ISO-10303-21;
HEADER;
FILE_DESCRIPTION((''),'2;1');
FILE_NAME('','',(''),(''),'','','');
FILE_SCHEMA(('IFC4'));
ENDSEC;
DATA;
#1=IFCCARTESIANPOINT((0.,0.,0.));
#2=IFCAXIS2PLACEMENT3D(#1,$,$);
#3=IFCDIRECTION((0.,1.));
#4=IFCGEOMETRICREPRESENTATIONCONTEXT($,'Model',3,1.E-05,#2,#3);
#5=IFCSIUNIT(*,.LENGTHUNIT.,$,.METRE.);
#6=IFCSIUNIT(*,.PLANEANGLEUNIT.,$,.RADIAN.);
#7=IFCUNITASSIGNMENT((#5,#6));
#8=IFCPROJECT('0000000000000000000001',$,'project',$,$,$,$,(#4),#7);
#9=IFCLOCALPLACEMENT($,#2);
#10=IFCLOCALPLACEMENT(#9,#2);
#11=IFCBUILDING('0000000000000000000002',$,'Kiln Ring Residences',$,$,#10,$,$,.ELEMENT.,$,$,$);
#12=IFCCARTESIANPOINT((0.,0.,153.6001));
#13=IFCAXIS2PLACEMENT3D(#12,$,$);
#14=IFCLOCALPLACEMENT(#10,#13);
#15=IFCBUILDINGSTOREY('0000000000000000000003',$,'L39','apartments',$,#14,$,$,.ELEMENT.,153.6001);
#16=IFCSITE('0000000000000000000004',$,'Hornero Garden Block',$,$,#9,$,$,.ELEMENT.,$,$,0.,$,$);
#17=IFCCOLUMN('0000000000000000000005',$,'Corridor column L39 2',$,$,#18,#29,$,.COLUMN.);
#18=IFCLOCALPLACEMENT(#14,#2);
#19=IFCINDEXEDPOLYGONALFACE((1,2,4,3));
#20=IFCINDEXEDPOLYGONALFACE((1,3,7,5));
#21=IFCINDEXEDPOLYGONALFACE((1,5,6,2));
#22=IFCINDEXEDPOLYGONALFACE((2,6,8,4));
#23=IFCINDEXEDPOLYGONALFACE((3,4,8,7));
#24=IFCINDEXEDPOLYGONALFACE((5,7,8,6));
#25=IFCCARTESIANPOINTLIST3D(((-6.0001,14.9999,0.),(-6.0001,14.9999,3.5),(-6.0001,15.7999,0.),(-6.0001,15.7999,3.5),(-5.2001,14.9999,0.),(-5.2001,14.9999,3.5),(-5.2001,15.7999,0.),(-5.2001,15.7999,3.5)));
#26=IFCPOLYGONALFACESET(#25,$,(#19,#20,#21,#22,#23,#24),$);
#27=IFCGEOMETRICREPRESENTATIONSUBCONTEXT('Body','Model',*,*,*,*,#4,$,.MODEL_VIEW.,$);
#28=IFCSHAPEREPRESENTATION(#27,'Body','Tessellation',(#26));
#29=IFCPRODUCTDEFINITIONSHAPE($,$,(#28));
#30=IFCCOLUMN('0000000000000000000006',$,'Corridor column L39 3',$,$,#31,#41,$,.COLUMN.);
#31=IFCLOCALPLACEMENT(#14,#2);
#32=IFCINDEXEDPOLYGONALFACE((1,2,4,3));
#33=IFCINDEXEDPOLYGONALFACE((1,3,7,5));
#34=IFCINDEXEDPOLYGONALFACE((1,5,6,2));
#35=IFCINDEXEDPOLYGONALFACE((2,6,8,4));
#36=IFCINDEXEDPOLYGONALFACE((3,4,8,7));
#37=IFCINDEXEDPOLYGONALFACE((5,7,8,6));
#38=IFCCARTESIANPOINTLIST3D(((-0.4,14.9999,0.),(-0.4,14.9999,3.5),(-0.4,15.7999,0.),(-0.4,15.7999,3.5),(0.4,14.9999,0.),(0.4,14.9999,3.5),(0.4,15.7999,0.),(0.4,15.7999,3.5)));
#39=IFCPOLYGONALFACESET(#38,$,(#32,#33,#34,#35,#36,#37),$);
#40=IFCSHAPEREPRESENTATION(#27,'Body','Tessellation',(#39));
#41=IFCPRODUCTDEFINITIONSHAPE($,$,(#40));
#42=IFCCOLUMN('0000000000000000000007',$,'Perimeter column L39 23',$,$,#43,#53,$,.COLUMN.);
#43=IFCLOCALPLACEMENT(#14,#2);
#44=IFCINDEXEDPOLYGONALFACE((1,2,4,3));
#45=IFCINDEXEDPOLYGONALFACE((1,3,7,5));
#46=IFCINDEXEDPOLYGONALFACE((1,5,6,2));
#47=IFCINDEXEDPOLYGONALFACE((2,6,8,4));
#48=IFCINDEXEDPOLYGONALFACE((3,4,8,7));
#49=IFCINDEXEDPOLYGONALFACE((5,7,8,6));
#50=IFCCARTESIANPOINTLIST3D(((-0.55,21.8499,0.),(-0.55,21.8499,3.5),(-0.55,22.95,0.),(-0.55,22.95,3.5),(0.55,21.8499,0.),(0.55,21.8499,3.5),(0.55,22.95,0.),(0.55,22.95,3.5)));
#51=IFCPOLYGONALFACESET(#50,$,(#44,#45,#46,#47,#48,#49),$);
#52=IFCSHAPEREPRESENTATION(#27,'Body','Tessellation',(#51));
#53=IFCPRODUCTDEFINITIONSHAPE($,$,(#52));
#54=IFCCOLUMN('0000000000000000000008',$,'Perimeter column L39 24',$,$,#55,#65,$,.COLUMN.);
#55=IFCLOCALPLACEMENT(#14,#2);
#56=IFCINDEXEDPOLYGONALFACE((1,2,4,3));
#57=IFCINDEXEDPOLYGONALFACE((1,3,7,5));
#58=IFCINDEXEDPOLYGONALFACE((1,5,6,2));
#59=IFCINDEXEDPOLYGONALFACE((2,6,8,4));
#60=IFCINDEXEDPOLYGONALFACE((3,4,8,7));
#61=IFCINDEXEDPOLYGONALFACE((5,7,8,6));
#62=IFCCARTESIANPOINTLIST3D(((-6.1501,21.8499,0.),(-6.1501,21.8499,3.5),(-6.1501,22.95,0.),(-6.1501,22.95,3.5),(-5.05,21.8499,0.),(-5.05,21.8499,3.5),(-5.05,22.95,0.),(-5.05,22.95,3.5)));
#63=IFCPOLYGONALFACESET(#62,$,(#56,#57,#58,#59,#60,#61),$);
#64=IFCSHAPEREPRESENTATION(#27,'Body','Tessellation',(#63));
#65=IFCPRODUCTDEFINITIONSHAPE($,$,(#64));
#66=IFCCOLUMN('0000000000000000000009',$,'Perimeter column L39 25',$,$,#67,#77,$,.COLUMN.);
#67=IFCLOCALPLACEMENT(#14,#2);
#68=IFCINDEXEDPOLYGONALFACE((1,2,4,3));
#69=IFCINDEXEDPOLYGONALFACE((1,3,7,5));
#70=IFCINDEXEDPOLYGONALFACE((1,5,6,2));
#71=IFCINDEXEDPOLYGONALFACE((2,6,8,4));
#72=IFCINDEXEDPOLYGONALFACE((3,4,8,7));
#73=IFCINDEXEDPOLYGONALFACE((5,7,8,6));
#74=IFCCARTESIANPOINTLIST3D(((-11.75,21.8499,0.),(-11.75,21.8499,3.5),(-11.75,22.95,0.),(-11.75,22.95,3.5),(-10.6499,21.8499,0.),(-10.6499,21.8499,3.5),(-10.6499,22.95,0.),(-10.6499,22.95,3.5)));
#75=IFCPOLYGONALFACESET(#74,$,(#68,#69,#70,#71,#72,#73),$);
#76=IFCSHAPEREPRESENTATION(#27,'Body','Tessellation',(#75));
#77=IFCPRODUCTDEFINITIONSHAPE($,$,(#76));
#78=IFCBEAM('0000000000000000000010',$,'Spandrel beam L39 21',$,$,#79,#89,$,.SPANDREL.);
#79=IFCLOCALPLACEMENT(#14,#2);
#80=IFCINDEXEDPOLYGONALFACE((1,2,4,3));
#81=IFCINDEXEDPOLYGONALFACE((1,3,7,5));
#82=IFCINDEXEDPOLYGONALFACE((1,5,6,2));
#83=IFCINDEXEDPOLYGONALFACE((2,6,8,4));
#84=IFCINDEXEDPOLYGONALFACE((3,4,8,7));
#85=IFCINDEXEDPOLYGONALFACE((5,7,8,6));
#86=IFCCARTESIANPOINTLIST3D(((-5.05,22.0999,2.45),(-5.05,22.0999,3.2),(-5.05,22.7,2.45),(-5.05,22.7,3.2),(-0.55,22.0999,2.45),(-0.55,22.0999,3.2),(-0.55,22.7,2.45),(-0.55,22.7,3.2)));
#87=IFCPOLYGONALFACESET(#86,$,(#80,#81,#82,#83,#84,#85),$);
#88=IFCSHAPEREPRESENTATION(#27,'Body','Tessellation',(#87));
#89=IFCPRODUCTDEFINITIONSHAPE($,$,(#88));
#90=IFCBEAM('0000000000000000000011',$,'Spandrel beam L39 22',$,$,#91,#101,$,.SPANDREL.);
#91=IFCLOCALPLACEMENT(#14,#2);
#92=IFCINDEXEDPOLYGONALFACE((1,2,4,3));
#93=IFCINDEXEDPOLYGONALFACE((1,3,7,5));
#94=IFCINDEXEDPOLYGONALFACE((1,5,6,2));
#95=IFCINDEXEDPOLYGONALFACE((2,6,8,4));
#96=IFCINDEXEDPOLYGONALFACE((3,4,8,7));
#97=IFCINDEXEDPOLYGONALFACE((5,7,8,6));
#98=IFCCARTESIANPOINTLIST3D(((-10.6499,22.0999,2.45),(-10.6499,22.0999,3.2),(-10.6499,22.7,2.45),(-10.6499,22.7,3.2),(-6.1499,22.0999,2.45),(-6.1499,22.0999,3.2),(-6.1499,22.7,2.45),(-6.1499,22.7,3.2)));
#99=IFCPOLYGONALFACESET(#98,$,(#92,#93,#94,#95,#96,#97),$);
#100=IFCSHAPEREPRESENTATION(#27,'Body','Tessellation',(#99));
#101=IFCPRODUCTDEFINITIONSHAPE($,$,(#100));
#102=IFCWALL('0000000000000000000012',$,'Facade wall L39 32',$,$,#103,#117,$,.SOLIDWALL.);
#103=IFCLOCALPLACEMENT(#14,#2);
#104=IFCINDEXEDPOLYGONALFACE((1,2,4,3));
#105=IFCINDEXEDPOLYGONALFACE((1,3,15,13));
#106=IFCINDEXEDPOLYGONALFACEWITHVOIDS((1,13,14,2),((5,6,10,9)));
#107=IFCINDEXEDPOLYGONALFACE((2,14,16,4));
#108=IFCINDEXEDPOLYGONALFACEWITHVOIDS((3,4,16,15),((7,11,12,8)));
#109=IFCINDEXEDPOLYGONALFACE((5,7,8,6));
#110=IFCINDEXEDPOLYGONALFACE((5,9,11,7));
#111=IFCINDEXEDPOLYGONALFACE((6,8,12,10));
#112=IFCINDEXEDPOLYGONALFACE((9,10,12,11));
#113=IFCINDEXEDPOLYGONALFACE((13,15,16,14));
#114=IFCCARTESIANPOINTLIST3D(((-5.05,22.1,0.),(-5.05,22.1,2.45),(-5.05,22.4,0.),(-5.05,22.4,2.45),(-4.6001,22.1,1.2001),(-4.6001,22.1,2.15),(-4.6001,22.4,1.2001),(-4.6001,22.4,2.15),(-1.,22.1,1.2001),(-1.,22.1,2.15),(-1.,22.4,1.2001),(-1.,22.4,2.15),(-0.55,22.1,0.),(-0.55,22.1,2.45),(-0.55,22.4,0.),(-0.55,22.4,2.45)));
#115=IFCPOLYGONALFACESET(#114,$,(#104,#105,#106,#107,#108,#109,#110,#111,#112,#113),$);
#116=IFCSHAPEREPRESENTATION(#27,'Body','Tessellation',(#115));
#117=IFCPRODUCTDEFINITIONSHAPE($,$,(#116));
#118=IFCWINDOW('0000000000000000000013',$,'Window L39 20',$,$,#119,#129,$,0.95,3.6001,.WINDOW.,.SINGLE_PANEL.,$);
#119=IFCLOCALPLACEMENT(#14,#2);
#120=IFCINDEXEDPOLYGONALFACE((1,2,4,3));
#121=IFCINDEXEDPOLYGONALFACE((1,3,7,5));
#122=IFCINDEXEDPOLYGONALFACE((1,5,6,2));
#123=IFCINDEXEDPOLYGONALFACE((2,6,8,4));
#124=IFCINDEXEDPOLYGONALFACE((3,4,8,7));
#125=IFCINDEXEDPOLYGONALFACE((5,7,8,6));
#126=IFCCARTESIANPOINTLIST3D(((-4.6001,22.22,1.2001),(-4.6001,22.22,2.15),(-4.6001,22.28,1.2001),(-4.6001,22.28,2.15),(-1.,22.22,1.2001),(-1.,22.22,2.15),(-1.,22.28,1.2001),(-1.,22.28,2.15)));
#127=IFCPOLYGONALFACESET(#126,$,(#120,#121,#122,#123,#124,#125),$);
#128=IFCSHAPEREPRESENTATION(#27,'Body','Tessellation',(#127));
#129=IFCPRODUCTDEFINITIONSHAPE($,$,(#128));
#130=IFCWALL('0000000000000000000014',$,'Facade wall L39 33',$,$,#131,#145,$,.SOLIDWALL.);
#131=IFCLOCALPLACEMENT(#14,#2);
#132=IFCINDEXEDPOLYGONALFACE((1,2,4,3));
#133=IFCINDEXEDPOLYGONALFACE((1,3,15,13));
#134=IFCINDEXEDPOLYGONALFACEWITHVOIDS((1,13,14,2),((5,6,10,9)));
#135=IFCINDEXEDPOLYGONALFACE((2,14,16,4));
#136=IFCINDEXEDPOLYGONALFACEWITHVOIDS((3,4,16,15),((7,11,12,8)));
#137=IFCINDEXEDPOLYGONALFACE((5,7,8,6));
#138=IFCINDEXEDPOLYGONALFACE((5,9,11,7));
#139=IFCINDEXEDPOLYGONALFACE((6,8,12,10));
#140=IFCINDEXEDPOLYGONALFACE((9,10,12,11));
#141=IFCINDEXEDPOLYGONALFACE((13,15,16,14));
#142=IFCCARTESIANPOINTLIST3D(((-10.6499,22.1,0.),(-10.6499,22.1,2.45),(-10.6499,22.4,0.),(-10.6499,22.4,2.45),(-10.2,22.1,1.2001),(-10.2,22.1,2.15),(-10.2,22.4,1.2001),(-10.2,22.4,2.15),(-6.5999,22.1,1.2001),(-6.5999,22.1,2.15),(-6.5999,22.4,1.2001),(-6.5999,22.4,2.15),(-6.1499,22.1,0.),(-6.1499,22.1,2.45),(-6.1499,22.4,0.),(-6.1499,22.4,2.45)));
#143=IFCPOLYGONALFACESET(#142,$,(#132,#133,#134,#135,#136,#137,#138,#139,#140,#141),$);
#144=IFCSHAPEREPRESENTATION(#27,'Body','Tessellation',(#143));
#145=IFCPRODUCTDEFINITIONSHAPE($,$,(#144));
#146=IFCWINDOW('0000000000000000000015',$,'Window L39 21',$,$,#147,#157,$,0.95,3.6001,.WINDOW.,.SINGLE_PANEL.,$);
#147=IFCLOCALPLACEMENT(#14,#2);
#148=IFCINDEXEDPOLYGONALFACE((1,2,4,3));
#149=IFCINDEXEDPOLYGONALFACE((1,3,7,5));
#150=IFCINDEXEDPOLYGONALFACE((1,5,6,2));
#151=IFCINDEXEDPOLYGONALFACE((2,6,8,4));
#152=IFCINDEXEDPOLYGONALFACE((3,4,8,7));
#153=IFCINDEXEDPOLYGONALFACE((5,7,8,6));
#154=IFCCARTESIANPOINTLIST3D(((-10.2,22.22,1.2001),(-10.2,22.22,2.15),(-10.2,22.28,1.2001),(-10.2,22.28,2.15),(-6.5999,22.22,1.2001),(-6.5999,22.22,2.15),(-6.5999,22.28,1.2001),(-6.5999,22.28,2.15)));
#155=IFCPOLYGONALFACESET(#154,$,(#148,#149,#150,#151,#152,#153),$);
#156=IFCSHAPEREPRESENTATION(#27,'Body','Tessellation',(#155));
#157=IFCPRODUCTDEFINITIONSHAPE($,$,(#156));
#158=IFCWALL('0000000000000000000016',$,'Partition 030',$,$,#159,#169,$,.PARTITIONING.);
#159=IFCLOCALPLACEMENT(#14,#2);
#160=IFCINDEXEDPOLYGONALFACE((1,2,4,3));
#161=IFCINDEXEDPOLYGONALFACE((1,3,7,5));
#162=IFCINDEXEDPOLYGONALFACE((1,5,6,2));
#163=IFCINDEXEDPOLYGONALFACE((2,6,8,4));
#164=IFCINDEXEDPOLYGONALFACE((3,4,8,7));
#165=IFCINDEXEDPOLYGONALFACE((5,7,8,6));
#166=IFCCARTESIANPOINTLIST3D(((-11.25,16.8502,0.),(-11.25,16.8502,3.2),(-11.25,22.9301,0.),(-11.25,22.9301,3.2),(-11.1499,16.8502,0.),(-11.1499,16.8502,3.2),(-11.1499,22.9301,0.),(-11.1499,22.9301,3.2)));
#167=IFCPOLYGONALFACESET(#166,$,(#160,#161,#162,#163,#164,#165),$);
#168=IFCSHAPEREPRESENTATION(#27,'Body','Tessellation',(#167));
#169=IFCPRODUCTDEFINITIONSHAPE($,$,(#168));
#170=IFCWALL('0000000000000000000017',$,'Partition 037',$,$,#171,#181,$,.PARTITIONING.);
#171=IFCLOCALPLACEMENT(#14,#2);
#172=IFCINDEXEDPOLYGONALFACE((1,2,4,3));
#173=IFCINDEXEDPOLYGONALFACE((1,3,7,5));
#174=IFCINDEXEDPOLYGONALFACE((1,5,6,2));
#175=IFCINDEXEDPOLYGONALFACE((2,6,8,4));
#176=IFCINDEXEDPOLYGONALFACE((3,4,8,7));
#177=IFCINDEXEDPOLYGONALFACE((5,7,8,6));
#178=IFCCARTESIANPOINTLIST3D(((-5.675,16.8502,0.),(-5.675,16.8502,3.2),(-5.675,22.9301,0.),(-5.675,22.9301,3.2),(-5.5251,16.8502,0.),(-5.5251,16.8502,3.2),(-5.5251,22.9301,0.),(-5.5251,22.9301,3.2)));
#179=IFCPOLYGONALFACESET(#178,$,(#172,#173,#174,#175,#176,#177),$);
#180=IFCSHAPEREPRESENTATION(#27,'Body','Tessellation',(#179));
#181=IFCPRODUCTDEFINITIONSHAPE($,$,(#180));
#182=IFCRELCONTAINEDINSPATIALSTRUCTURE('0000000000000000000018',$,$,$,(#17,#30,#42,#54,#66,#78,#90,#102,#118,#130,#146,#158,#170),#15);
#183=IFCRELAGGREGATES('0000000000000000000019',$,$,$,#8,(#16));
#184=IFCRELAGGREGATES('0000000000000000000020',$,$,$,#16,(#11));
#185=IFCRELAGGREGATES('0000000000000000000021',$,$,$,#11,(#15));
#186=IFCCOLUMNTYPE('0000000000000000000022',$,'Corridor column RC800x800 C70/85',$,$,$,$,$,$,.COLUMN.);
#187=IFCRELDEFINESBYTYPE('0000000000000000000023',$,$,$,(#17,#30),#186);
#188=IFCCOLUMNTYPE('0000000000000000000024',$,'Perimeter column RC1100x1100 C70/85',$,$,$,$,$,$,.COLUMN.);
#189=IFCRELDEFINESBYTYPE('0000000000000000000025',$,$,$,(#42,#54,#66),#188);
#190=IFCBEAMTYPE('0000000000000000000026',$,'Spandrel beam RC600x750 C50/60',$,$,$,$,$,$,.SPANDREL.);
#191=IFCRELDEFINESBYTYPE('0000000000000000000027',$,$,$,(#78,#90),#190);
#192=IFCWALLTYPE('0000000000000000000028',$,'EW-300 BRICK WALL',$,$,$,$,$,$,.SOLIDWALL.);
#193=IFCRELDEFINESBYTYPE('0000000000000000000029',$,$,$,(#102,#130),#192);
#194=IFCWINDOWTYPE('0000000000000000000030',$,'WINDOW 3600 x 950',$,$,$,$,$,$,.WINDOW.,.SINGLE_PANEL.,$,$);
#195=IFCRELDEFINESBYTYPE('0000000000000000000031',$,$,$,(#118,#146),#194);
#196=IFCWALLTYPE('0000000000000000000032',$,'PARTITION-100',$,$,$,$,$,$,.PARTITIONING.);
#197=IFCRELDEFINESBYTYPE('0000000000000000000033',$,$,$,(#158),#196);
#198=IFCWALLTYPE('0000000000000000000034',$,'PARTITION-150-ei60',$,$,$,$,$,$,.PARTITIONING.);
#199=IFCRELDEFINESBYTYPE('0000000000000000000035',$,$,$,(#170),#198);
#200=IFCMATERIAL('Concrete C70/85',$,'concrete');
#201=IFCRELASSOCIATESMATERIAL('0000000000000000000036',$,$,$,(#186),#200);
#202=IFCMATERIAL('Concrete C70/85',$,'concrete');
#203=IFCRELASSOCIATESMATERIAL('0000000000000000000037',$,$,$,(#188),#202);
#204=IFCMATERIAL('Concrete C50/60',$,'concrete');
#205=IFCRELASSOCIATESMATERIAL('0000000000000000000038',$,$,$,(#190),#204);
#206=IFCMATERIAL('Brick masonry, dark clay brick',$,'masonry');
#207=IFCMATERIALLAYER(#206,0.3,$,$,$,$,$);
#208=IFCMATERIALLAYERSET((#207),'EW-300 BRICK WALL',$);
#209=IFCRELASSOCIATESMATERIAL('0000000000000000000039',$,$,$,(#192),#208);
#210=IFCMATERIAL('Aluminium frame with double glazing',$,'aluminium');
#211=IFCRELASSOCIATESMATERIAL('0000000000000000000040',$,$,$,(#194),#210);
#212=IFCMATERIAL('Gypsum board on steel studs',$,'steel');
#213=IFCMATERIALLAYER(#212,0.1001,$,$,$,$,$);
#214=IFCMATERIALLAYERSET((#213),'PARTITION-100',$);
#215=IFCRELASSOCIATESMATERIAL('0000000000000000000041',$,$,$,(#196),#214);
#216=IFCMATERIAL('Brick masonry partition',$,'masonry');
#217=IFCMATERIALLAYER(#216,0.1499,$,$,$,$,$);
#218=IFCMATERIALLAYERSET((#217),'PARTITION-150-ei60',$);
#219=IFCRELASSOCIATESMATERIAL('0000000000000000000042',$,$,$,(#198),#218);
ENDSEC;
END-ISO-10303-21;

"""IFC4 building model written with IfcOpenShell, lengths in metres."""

from ifc_helpers import new_model, si_unit, direction, frame, frame_2d, origin, origin_2d, place, context, subcontext, project, spatial, rectangle, extrude, material, layer, layer_set, material_profile, profile_set, type_object, element, fill, save


model = new_model("IFC4")

# Units and contexts
model_context = context("Model", 3, precision=1e-05, world=origin(), true_north=direction((0.0, 1.0)))
body_context = subcontext(model_context, "Body", "Model", "MODEL_VIEW")
ifc_project = project(units=[si_unit("LENGTHUNIT", "METRE"), si_unit("PLANEANGLEUNIT", "RADIAN")], contexts=[model_context])

# Site, building, storey
site_placement = place(None, origin())
site = spatial("IfcSite", under=ifc_project, at=site_placement, Name="Hornero Garden Block", CompositionType="ELEMENT", RefElevation=0.0)
building_placement = place(site_placement, origin())
building = spatial("IfcBuilding", under=site, at=building_placement, Name="Kiln Ring Residences", CompositionType="ELEMENT")
storey_placement = place(building_placement, frame((0.0, 0.0, 153.6001)))
storey = spatial("IfcBuildingStorey", under=building, at=storey_placement, Name="L39", Description="apartments", CompositionType="ELEMENT", Elevation=153.6001)

# Columns
ifc_material_1 = material(Name="Concrete C70/85", Category="concrete")
ifc_material_profile_1 = material_profile(ifc_material_1, rectangle(XDim=0.8, YDim=0.8, at=origin_2d()), Name="RC800x800")
ifc_profile_set_1 = profile_set([ifc_material_profile_1], Name="Concrete C70/85")
column_type_1 = type_object("IfcColumnType", Name="Corridor column RC800x800 C70/85", PredefinedType="COLUMN", material=ifc_profile_set_1)
for number, where, z_axis, x_axis, name in (
    (1, (-5.6001, 15.3999, 0.0), (0.0, 0.0, 1.0), (1.0, 0.0, 0.0), "Corridor column L39 2"),
    (2, (0.0, 15.3999, 0.0), (0.0, 0.0, 1.0), (1.0, 0.0, 0.0), "Corridor column L39 3"),
):
    element("IfcColumn", number, at=place(storey_placement, frame(where, z_axis=z_axis, x_axis=x_axis)), inside=storey, type_object=column_type_1, Name=name, PredefinedType="COLUMN", context=body_context, shape_type="SweptSolid", body=[
        extrude(rectangle(XDim=0.8, YDim=0.8, at=origin_2d()), origin(), (0.0, 0.0, 1.0), 3.5),
    ])
ifc_material_2 = material(Name="Concrete C70/85", Category="concrete")
ifc_material_profile_2 = material_profile(ifc_material_2, rectangle(XDim=1.1001, YDim=1.1001, at=origin_2d()), Name="RC1100x1100")
ifc_profile_set_2 = profile_set([ifc_material_profile_2], Name="Concrete C70/85")
column_type_2 = type_object("IfcColumnType", Name="Perimeter column RC1100x1100 C70/85", PredefinedType="COLUMN", material=ifc_profile_set_2)
for number, where, z_axis, x_axis, name in (
    (3, (0.0, 22.3999, 0.0), (0.0, 0.0, 1.0), (1.0, 0.0, 0.0), "Perimeter column L39 23"),
    (4, (-5.6001, 22.3999, 0.0), (0.0, 0.0, 1.0), (1.0, 0.0, 0.0), "Perimeter column L39 24"),
    (5, (-11.2, 22.3999, 0.0), (0.0, 0.0, 1.0), (1.0, 0.0, 0.0), "Perimeter column L39 25"),
):
    element("IfcColumn", number, at=place(storey_placement, frame(where, z_axis=z_axis, x_axis=x_axis)), inside=storey, type_object=column_type_2, Name=name, PredefinedType="COLUMN", context=body_context, shape_type="SweptSolid", body=[
        extrude(rectangle(XDim=1.1001, YDim=1.1001, at=origin_2d()), origin(), (0.0, 0.0, 1.0), 3.5),
    ])

# Beams
ifc_material_3 = material(Name="Concrete C50/60", Category="concrete")
ifc_material_profile_3 = material_profile(ifc_material_3, rectangle(XDim=0.6001, YDim=0.75, at=origin_2d()), Name="RC600x750")
ifc_profile_set_3 = profile_set([ifc_material_profile_3], Name="Concrete C50/60")
beam_type = type_object("IfcBeamType", Name="Spandrel beam RC600x750 C50/60", PredefinedType="SPANDREL", material=ifc_profile_set_3)
for number, where, z_axis, x_axis, name in (
    (6, (-0.55, 22.3999, 2.825), (-1.0, 0.0, 0.0), (0.0, -1.0, 0.0), "Spandrel beam L39 21"),
    (7, (-6.1499, 22.3999, 2.825), (-1.0, 0.0, 0.0), (0.0, -1.0, 0.0), "Spandrel beam L39 22"),
):
    element("IfcBeam", number, at=place(storey_placement, frame(where, z_axis=z_axis, x_axis=x_axis)), inside=storey, type_object=beam_type, Name=name, PredefinedType="SPANDREL", context=body_context, shape_type="SweptSolid", body=[
        extrude(rectangle(XDim=0.6001, YDim=0.75, at=origin_2d()), origin(), (0.0, 0.0, 1.0), 4.5),
    ])

# Walls, openings, windows
ifc_material_4 = material(Name="Brick masonry, dark clay brick", Category="masonry")
ifc_layer_1 = layer(ifc_material_4, 0.3)
ifc_layer_set_1 = layer_set([ifc_layer_1], Name="EW-300 BRICK WALL")
wall_type_1 = type_object("IfcWallType", Name="EW-300 BRICK WALL", PredefinedType="SOLIDWALL", material=ifc_layer_set_1)
wall_1_placement = place(storey_placement, frame((-0.55, 22.25, 0.0), z_axis=(0.0, 0.0, 1.0), x_axis=(-1.0, 0.0, 0.0)))
wall_1 = element("IfcWall", 8, at=wall_1_placement, inside=storey, type_object=wall_type_1, Name="Facade wall L39 32", PredefinedType="SOLIDWALL", context=body_context, shape_type="SweptSolid", body=[
    extrude(rectangle(XDim=4.5, YDim=0.3, at=frame_2d((2.25, 0.0))), origin(), (0.0, 0.0, 1.0), 2.45),
])
opening_1_placement = place(wall_1_placement, frame((0.45, 0.0, 1.2)))
opening_1 = element("IfcOpeningElement", 9, at=opening_1_placement, cuts=wall_1, PredefinedType="OPENING", context=body_context, shape_type="SweptSolid", body=[
    extrude(rectangle(XDim=3.6001, YDim=0.95, at=frame_2d((1.8, 0.4751))), frame((0.0, 0.1599, 0.0), z_axis=(0.0, -1.0, 0.0), x_axis=(1.0, 0.0, 0.0)), (0.0, 0.0, 1.0), 0.3201),
])
ifc_material_5 = material(Name="Aluminium frame with double glazing", Category="aluminium")
window_type = type_object("IfcWindowType", Name="WINDOW 3600 x 950", PartitioningType="SINGLE_PANEL", PredefinedType="WINDOW", material=ifc_material_5)
window_1_placement = place(opening_1_placement, origin())
window_1 = element("IfcWindow", 10, at=window_1_placement, inside=storey, type_object=window_type, Name="Window L39 20", OverallHeight=0.95, OverallWidth=3.6001, PartitioningType="SINGLE_PANEL", PredefinedType="WINDOW", context=body_context, shape_type="SweptSolid", body=[
    extrude(rectangle(XDim=3.6001, YDim=0.95, at=frame_2d((1.8, 0.4751))), frame((0.0, 0.03, 0.0), z_axis=(0.0, -1.0, 0.0), x_axis=(1.0, 0.0, 0.0)), (0.0, 0.0, 1.0), 0.0601),
])
fill(opening_1, window_1)
wall_2_placement = place(storey_placement, frame((-6.1499, 22.25, 0.0), z_axis=(0.0, 0.0, 1.0), x_axis=(-1.0, 0.0, 0.0)))
wall_2 = element("IfcWall", 11, at=wall_2_placement, inside=storey, type_object=wall_type_1, Name="Facade wall L39 33", PredefinedType="SOLIDWALL", context=body_context, shape_type="SweptSolid", body=[
    extrude(rectangle(XDim=4.5, YDim=0.3, at=frame_2d((2.25, 0.0))), origin(), (0.0, 0.0, 1.0), 2.45),
])
opening_2_placement = place(wall_2_placement, frame((0.45, 0.0, 1.2)))
opening_2 = element("IfcOpeningElement", 12, at=opening_2_placement, cuts=wall_2, PredefinedType="OPENING", context=body_context, shape_type="SweptSolid", body=[
    extrude(rectangle(XDim=3.6001, YDim=0.95, at=frame_2d((1.8, 0.4751))), frame((0.0, 0.1599, 0.0), z_axis=(0.0, -1.0, 0.0), x_axis=(1.0, 0.0, 0.0)), (0.0, 0.0, 1.0), 0.3201),
])
window_2_placement = place(opening_2_placement, origin())
window_2 = element("IfcWindow", 13, at=window_2_placement, inside=storey, type_object=window_type, Name="Window L39 21", OverallHeight=0.95, OverallWidth=3.6001, PartitioningType="SINGLE_PANEL", PredefinedType="WINDOW", context=body_context, shape_type="SweptSolid", body=[
    extrude(rectangle(XDim=3.6001, YDim=0.95, at=frame_2d((1.8, 0.4751))), frame((0.0, 0.03, 0.0), z_axis=(0.0, -1.0, 0.0), x_axis=(1.0, 0.0, 0.0)), (0.0, 0.0, 1.0), 0.0601),
])
fill(opening_2, window_2)

# Walls
ifc_material_6 = material(Name="Gypsum board on steel studs", Category="steel")
ifc_layer_2 = layer(ifc_material_6, 0.1001)
ifc_layer_set_2 = layer_set([ifc_layer_2], Name="PARTITION-100")
wall_type_2 = type_object("IfcWallType", Name="PARTITION-100", PredefinedType="PARTITIONING", material=ifc_layer_set_2)
wall_3_placement = place(storey_placement, frame((-11.2, 16.8501, 0.0), z_axis=(0.0, 0.0, 1.0), x_axis=(0.0, 1.0, 0.0)))
element("IfcWall", 14, at=wall_3_placement, inside=storey, type_object=wall_type_2, Name="Partition 030", PredefinedType="PARTITIONING", context=body_context, shape_type="SweptSolid", body=[
    extrude(rectangle(XDim=6.0798, YDim=0.1001, at=frame_2d((3.04, 0.0))), origin(), (0.0, 0.0, 1.0), 3.2),
])
ifc_material_7 = material(Name="Brick masonry partition", Category="masonry")
ifc_layer_3 = layer(ifc_material_7, 0.1499)
ifc_layer_set_3 = layer_set([ifc_layer_3], Name="PARTITION-150-ei60")
wall_type_3 = type_object("IfcWallType", Name="PARTITION-150-ei60", PredefinedType="PARTITIONING", material=ifc_layer_set_3)
wall_4_placement = place(storey_placement, frame((-5.6001, 16.8501, 0.0), z_axis=(0.0, 0.0, 1.0), x_axis=(0.0, 1.0, 0.0)))
element("IfcWall", 15, at=wall_4_placement, inside=storey, type_object=wall_type_3, Name="Partition 037", PredefinedType="PARTITIONING", context=body_context, shape_type="SweptSolid", body=[
    extrude(rectangle(XDim=6.0798, YDim=0.1499, at=frame_2d((3.04, 0.0))), origin(), (0.0, 0.0, 1.0), 3.2),
])

save(model, "model.ifc")
